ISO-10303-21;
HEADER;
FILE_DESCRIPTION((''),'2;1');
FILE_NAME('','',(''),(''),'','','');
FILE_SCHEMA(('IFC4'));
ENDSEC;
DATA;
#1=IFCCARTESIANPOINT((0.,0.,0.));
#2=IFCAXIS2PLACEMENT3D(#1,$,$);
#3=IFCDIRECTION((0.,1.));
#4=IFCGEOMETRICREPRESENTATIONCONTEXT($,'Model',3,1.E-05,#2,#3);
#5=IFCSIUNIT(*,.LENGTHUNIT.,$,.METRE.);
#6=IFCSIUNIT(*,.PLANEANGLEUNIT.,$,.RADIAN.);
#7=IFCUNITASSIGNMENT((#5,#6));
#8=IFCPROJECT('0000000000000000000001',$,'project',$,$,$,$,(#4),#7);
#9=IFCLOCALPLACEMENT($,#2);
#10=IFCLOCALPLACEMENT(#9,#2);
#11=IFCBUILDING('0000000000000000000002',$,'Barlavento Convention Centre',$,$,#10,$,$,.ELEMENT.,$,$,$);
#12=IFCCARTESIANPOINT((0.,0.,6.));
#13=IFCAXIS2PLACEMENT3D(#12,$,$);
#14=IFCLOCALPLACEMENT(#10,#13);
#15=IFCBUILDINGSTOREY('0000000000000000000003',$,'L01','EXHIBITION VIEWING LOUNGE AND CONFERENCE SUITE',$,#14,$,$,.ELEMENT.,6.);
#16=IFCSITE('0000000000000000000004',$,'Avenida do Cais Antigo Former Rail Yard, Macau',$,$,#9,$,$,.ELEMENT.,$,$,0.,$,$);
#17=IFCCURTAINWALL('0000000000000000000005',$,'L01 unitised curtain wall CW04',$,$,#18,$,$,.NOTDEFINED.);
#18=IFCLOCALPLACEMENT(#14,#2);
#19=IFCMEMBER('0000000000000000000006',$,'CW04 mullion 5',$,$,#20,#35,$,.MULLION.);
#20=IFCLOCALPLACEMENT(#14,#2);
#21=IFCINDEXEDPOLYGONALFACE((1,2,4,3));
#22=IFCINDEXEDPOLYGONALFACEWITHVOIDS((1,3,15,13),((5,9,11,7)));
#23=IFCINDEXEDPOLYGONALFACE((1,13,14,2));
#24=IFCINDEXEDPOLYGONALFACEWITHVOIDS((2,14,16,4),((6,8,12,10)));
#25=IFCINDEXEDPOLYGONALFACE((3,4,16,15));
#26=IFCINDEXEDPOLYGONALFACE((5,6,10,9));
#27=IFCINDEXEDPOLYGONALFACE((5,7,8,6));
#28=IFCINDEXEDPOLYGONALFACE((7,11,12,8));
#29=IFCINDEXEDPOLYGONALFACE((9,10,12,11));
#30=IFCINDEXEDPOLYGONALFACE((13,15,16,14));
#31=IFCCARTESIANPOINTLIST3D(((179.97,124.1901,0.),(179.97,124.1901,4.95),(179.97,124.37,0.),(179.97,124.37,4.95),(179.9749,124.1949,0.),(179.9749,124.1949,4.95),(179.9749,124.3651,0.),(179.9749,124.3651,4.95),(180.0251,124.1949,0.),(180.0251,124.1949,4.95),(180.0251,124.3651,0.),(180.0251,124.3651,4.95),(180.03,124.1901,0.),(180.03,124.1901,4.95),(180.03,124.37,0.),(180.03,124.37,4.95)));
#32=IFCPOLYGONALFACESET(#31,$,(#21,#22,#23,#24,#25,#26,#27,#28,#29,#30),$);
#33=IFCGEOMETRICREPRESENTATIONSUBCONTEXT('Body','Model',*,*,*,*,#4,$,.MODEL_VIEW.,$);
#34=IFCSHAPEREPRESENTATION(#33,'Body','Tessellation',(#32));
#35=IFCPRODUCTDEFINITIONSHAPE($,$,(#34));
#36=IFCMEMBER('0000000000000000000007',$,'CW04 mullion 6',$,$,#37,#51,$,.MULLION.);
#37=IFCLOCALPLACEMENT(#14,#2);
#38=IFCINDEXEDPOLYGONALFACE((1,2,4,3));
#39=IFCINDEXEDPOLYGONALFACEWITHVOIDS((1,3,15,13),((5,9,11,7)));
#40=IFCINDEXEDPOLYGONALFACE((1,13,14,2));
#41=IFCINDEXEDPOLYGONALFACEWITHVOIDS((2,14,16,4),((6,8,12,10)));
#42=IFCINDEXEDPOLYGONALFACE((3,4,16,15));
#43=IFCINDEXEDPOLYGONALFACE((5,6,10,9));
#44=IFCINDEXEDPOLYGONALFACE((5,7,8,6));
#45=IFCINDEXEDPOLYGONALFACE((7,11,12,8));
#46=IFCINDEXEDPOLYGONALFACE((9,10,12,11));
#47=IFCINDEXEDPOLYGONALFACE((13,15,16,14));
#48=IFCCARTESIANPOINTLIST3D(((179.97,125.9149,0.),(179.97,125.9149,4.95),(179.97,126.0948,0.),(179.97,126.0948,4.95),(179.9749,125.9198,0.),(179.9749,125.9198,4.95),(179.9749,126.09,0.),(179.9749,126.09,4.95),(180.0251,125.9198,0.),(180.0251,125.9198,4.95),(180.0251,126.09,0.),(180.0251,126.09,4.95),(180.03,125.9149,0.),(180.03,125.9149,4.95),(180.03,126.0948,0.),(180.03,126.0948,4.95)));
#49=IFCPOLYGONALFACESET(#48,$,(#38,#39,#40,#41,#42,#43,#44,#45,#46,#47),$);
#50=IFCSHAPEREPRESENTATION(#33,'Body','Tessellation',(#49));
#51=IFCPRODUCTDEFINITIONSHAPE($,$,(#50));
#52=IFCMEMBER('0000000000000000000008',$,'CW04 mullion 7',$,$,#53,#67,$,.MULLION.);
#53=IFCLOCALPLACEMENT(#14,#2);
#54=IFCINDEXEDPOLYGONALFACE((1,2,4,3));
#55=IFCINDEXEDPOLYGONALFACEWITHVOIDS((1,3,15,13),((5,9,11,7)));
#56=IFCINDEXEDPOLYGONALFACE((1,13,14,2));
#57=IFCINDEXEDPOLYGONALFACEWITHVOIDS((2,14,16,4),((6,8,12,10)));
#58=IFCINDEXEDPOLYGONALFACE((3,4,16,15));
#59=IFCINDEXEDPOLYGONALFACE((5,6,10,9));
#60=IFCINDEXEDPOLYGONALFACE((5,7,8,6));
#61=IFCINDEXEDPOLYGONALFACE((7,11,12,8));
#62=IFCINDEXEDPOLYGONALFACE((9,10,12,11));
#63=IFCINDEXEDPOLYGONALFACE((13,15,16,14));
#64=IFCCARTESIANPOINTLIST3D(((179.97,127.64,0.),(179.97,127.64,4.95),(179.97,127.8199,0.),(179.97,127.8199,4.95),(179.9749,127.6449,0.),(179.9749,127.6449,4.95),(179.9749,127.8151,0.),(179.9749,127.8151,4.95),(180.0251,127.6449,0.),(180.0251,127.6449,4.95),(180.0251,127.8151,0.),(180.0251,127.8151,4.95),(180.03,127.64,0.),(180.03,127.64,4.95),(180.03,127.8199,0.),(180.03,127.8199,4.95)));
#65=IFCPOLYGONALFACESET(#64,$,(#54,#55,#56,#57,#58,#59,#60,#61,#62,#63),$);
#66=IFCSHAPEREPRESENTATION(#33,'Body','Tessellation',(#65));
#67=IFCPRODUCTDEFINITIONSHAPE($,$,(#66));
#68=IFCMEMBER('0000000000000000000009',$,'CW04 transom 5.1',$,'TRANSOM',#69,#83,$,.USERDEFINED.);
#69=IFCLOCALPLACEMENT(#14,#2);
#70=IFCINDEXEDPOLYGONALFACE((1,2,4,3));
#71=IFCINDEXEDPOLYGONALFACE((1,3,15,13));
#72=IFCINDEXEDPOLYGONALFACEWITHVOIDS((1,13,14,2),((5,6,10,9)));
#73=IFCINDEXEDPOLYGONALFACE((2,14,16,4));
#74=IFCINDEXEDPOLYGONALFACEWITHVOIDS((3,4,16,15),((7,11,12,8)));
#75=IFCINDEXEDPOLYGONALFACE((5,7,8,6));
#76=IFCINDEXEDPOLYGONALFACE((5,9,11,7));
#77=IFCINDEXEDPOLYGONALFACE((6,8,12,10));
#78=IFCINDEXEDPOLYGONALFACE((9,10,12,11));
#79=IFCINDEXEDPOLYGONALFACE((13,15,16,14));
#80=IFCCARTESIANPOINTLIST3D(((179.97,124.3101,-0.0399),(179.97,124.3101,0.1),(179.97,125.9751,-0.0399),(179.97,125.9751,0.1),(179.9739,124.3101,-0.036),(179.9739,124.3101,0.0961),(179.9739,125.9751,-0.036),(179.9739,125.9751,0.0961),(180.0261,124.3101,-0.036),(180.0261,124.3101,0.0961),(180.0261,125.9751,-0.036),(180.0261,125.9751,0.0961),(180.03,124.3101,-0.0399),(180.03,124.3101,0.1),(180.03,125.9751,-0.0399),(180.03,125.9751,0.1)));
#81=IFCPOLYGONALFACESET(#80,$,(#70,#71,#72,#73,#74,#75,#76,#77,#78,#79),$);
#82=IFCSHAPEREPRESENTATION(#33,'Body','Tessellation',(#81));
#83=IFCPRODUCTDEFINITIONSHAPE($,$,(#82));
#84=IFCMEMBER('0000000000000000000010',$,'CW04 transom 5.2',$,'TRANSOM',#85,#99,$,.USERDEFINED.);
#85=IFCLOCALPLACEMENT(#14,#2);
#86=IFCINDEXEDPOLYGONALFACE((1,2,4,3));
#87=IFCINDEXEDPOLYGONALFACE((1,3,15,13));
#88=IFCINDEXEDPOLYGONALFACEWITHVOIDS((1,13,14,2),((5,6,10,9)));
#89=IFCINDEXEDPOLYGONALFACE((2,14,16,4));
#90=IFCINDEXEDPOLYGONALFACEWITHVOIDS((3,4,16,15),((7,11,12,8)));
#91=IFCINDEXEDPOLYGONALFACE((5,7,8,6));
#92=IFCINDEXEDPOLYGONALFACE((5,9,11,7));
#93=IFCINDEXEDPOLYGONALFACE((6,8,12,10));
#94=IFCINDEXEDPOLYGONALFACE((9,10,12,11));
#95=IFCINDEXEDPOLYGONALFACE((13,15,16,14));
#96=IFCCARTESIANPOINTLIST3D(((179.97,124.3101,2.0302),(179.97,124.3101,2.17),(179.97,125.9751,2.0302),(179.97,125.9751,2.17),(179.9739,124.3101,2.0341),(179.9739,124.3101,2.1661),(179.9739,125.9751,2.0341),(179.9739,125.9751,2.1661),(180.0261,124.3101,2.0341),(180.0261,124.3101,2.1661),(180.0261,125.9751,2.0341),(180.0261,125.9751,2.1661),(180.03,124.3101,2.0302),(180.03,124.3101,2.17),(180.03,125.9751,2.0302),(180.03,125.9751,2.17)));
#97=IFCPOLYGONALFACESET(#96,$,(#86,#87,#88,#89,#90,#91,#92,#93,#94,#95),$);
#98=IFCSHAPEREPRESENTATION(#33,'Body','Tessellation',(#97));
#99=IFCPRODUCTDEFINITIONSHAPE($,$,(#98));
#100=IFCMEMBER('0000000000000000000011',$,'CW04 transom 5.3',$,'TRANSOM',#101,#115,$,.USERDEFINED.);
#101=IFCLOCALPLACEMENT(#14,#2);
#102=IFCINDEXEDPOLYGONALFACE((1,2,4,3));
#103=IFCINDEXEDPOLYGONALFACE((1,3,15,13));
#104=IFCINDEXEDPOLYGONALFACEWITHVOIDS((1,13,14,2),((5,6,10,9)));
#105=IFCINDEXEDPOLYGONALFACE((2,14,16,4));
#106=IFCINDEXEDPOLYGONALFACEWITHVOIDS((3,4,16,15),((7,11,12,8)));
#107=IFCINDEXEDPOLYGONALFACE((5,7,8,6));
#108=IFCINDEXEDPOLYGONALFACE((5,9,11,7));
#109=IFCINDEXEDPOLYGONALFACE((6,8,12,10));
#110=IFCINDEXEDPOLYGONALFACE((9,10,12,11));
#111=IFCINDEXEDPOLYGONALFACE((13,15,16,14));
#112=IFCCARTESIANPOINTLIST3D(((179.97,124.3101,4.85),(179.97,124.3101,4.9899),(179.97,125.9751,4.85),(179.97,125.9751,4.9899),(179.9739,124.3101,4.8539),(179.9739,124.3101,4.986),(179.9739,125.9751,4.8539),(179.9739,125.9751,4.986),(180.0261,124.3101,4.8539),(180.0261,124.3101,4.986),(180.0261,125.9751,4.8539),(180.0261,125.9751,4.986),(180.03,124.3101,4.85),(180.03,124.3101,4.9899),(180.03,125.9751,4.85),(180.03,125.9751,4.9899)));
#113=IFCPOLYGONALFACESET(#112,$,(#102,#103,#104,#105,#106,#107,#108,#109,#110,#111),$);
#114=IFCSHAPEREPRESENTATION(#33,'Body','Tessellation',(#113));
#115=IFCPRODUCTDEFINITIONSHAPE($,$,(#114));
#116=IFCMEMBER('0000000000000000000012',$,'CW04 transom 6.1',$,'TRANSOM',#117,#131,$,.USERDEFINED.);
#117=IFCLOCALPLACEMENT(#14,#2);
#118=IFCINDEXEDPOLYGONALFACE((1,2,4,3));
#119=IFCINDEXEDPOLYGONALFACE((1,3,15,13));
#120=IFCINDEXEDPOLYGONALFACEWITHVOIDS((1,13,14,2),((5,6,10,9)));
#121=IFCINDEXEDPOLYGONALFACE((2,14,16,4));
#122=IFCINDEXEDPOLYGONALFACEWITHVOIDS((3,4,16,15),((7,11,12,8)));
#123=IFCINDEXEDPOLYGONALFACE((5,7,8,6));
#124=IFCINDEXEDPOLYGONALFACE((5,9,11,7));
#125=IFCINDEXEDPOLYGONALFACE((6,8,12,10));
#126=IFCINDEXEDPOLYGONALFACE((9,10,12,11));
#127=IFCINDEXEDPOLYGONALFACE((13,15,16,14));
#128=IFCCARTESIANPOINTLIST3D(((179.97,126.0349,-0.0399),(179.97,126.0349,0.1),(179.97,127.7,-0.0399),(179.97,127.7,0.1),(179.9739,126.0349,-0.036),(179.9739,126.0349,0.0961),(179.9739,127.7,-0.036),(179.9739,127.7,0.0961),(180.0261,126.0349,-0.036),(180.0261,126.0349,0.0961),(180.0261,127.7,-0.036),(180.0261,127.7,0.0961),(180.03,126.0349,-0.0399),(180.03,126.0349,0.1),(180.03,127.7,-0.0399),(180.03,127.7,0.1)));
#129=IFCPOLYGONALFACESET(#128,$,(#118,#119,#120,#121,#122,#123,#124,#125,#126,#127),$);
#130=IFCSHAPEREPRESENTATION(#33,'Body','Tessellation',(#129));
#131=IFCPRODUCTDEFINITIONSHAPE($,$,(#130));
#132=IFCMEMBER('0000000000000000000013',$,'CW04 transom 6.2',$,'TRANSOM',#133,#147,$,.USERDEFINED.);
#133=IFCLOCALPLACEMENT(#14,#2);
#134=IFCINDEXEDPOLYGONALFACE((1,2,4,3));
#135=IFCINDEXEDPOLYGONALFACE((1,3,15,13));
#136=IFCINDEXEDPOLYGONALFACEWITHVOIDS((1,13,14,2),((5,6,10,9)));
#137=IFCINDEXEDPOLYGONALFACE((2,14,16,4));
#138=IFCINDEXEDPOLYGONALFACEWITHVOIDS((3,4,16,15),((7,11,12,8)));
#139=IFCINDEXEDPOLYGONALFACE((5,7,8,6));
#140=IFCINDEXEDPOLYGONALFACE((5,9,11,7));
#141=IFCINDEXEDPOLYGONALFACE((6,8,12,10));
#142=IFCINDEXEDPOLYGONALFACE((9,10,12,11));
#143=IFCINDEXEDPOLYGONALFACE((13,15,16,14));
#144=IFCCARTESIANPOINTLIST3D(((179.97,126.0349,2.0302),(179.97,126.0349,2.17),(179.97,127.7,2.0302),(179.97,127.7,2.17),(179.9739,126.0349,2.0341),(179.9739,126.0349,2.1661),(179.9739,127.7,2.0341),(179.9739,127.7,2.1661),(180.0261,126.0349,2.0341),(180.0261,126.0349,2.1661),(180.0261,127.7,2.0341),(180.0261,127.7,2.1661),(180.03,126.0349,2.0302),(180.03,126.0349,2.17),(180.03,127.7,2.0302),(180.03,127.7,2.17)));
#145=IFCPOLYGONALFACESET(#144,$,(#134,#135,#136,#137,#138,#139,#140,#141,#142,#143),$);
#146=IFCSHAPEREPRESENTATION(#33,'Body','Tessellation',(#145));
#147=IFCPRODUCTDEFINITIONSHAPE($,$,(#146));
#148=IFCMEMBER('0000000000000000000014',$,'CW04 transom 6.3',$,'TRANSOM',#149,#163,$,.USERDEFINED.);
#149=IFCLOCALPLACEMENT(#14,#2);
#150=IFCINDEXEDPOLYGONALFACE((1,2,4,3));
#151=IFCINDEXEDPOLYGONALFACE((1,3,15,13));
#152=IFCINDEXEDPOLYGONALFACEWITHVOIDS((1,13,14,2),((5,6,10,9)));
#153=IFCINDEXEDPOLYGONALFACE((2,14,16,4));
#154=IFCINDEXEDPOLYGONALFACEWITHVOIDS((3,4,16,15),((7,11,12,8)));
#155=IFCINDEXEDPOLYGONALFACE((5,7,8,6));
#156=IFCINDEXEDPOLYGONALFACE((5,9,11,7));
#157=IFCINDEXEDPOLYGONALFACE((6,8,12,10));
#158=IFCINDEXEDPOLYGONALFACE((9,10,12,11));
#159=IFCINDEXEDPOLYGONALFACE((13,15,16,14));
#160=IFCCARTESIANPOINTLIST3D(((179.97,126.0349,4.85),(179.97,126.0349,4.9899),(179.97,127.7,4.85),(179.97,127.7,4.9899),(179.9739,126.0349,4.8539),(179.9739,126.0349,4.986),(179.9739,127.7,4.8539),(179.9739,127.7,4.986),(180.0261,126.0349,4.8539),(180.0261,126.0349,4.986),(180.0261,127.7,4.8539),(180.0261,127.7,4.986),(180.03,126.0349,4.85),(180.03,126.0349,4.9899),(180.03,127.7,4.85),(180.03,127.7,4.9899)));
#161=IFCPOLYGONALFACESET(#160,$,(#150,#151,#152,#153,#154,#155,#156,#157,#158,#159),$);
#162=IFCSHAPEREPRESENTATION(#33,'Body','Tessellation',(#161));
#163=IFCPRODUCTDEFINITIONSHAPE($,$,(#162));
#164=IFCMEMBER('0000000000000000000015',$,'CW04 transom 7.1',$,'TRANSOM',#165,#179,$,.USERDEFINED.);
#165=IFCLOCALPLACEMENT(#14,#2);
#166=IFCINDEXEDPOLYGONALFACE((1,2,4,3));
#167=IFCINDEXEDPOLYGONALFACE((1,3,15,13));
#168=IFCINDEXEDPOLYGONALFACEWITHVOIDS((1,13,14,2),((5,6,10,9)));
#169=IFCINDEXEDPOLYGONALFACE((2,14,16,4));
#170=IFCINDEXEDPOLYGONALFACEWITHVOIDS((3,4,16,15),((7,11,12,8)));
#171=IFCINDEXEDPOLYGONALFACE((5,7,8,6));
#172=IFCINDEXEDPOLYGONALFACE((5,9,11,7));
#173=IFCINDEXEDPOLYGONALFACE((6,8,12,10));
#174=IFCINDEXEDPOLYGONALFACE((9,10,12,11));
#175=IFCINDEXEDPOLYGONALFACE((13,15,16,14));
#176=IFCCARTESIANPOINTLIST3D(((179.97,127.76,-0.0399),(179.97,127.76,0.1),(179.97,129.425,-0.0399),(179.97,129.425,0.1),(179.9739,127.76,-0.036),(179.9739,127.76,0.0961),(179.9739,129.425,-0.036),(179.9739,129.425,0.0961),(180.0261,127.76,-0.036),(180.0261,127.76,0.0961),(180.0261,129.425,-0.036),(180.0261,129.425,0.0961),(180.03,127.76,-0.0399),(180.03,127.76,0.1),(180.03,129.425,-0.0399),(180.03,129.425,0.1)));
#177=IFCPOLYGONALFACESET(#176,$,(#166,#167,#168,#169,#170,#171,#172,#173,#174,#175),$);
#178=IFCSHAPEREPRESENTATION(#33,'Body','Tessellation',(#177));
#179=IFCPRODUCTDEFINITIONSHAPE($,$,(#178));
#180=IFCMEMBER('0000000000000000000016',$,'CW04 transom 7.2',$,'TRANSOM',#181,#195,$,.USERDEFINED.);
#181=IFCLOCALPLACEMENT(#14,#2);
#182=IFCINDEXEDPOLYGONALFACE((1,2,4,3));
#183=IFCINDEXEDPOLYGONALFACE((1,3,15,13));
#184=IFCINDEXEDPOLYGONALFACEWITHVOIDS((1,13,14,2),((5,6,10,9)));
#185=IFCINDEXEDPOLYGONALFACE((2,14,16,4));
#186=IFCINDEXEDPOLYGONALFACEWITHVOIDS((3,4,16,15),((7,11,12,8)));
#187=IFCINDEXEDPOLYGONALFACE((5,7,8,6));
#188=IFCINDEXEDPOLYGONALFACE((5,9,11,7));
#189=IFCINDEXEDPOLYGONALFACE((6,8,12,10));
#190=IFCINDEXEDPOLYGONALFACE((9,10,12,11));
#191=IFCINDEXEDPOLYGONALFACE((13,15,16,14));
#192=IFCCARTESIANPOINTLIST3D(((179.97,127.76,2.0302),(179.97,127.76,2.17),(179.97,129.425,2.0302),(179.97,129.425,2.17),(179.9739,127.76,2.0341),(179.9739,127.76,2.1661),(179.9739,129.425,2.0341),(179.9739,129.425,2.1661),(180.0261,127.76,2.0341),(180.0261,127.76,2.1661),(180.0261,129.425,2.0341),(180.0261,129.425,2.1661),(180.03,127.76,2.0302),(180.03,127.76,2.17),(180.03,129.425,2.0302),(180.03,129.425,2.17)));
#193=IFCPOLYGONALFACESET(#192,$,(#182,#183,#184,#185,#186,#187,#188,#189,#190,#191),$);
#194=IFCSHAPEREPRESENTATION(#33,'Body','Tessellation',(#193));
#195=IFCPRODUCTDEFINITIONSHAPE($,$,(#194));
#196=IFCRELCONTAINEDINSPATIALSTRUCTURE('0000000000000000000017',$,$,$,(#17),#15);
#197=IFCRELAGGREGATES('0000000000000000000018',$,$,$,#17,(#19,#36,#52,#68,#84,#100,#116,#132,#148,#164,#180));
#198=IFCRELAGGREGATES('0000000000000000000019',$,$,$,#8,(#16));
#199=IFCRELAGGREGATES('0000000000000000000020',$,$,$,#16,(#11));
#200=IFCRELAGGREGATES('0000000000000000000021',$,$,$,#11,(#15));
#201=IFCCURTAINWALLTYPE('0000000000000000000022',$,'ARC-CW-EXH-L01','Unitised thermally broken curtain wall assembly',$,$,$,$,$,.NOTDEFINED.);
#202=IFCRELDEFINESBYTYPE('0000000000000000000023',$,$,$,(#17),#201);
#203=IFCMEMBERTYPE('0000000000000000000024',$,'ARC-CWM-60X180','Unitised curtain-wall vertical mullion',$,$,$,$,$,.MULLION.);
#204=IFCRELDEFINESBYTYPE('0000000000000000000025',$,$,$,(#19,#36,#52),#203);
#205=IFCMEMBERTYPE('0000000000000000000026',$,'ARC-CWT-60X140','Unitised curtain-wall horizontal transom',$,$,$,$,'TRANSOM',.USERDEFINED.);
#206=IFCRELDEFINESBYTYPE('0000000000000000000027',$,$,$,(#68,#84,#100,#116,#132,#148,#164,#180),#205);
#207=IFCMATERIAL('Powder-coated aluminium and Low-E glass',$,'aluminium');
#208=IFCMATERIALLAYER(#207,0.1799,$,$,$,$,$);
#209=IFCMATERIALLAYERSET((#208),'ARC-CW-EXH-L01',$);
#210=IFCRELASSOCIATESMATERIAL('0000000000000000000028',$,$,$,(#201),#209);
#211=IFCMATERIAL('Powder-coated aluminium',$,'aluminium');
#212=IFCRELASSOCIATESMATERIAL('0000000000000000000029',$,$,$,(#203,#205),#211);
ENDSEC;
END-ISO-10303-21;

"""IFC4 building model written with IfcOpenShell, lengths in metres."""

from ifc_helpers import new_model, si_unit, direction, frame, origin, origin_2d, place, context, subcontext, project, spatial, hollow_rectangle, extrude, material, layer, layer_set, material_profile, profile_set, type_object, element, aggregate, save


model = new_model("IFC4")

# Units and contexts
model_context = context("Model", 3, precision=1e-05, world=origin(), true_north=direction((0.0, 1.0)))
body_context = subcontext(model_context, "Body", "Model", "MODEL_VIEW")
ifc_project = project(units=[si_unit("LENGTHUNIT", "METRE"), si_unit("PLANEANGLEUNIT", "RADIAN")], contexts=[model_context])

# Site, building, storey
site_placement = place(None, origin())
site = spatial("IfcSite", under=ifc_project, at=site_placement, Name="Avenida do Cais Antigo Former Rail Yard, Macau", CompositionType="ELEMENT", RefElevation=0.0)
building_placement = place(site_placement, origin())
building = spatial("IfcBuilding", under=site, at=building_placement, Name="Barlavento Convention Centre", CompositionType="ELEMENT")
storey_placement = place(building_placement, frame((0.0, 0.0, 6.0)))
storey = spatial("IfcBuildingStorey", under=building, at=storey_placement, Name="L01", Description="EXHIBITION VIEWING LOUNGE AND CONFERENCE SUITE", CompositionType="ELEMENT", Elevation=6.0)

# Curtain wall, members
ifc_material_1 = material(Name="Powder-coated aluminium and Low-E glass", Category="aluminium")
ifc_layer_1 = layer(ifc_material_1, 0.1799)
ifc_layer_set_1 = layer_set([ifc_layer_1], Name="ARC-CW-EXH-L01")
curtain_wall_type = type_object("IfcCurtainWallType", Name="ARC-CW-EXH-L01", Description="Unitised thermally broken curtain wall assembly", PredefinedType="NOTDEFINED", material=ifc_layer_set_1)
curtain_wall_placement = place(storey_placement, origin())
curtain_wall = element("IfcCurtainWall", 1, at=curtain_wall_placement, inside=storey, type_object=curtain_wall_type, Name="L01 unitised curtain wall CW04", PredefinedType="NOTDEFINED")
ifc_material_2 = material(Name="Powder-coated aluminium", Category="aluminium")
ifc_material_profile_1 = material_profile(ifc_material_2, hollow_rectangle(XDim=0.0601, YDim=0.1799, WallThickness=0.0049, at=origin_2d()), Name="AL-MULL 60x180x5")
ifc_profile_set_1 = profile_set([ifc_material_profile_1], Name="Powder-coated aluminium")
member_type_1 = type_object("IfcMemberType", Name="ARC-CWM-60X180", Description="Unitised curtain-wall vertical mullion", PredefinedType="MULLION", material=ifc_profile_set_1)
member_1_placement = place(storey_placement, frame((180.0, 124.28, 0.0), z_axis=(0.0, 0.0, 1.0), x_axis=(-1.0, 0.0, 0.0)))
member_1 = element("IfcMember", 2, at=member_1_placement, type_object=member_type_1, Name="CW04 mullion 5", PredefinedType="MULLION", context=body_context, shape_type="SweptSolid", body=[
    extrude(hollow_rectangle(XDim=0.0601, YDim=0.1799, WallThickness=0.0049, at=origin_2d()), origin(), (0.0, 0.0, 1.0), 4.95),
])
member_2_placement = place(storey_placement, frame((180.0, 126.0049, 0.0), z_axis=(0.0, 0.0, 1.0), x_axis=(-1.0, 0.0, 0.0)))
member_2 = element("IfcMember", 3, at=member_2_placement, type_object=member_type_1, Name="CW04 mullion 6", PredefinedType="MULLION", context=body_context, shape_type="SweptSolid", body=[
    extrude(hollow_rectangle(XDim=0.0601, YDim=0.1799, WallThickness=0.0049, at=origin_2d()), origin(), (0.0, 0.0, 1.0), 4.95),
])
member_3_placement = place(storey_placement, frame((180.0, 127.73, 0.0), z_axis=(0.0, 0.0, 1.0), x_axis=(-1.0, 0.0, 0.0)))
member_3 = element("IfcMember", 4, at=member_3_placement, type_object=member_type_1, Name="CW04 mullion 7", PredefinedType="MULLION", context=body_context, shape_type="SweptSolid", body=[
    extrude(hollow_rectangle(XDim=0.0601, YDim=0.1799, WallThickness=0.0049, at=origin_2d()), origin(), (0.0, 0.0, 1.0), 4.95),
])
ifc_material_profile_2 = material_profile(ifc_material_2, hollow_rectangle(XDim=0.0601, YDim=0.1399, WallThickness=0.0039, at=origin_2d()), Name="AL-TRAN 60x140x4")
ifc_profile_set_2 = profile_set([ifc_material_profile_2], Name="Powder-coated aluminium")
member_type_2 = type_object("IfcMemberType", Name="ARC-CWT-60X140", Description="Unitised curtain-wall horizontal transom", ElementType="TRANSOM", PredefinedType="USERDEFINED", material=ifc_profile_set_2)
member_4_placement = place(storey_placement, frame((180.0, 124.3101, 0.03), z_axis=(0.0, 1.0, 0.0), x_axis=(-1.0, 0.0, 0.0)))
member_4 = element("IfcMember", 5, at=member_4_placement, type_object=member_type_2, Name="CW04 transom 5.1", ObjectType="TRANSOM", PredefinedType="USERDEFINED", context=body_context, shape_type="SweptSolid", body=[
    extrude(hollow_rectangle(XDim=0.0601, YDim=0.1399, WallThickness=0.0039, at=origin_2d()), origin(), (0.0, 0.0, 1.0), 1.665),
])
member_5_placement = place(storey_placement, frame((180.0, 124.3101, 2.1001), z_axis=(0.0, 1.0, 0.0), x_axis=(-1.0, 0.0, 0.0)))
member_5 = element("IfcMember", 6, at=member_5_placement, type_object=member_type_2, Name="CW04 transom 5.2", ObjectType="TRANSOM", PredefinedType="USERDEFINED", context=body_context, shape_type="SweptSolid", body=[
    extrude(hollow_rectangle(XDim=0.0601, YDim=0.1399, WallThickness=0.0039, at=origin_2d()), origin(), (0.0, 0.0, 1.0), 1.665),
])
member_6_placement = place(storey_placement, frame((180.0, 124.3101, 4.9199), z_axis=(0.0, 1.0, 0.0), x_axis=(-1.0, 0.0, 0.0)))
member_6 = element("IfcMember", 7, at=member_6_placement, type_object=member_type_2, Name="CW04 transom 5.3", ObjectType="TRANSOM", PredefinedType="USERDEFINED", context=body_context, shape_type="SweptSolid", body=[
    extrude(hollow_rectangle(XDim=0.0601, YDim=0.1399, WallThickness=0.0039, at=origin_2d()), origin(), (0.0, 0.0, 1.0), 1.665),
])
member_7_placement = place(storey_placement, frame((180.0, 126.0349, 0.03), z_axis=(0.0, 1.0, 0.0), x_axis=(-1.0, 0.0, 0.0)))
member_7 = element("IfcMember", 8, at=member_7_placement, type_object=member_type_2, Name="CW04 transom 6.1", ObjectType="TRANSOM", PredefinedType="USERDEFINED", context=body_context, shape_type="SweptSolid", body=[
    extrude(hollow_rectangle(XDim=0.0601, YDim=0.1399, WallThickness=0.0039, at=origin_2d()), origin(), (0.0, 0.0, 1.0), 1.665),
])
member_8_placement = place(storey_placement, frame((180.0, 126.0349, 2.1001), z_axis=(0.0, 1.0, 0.0), x_axis=(-1.0, 0.0, 0.0)))
member_8 = element("IfcMember", 9, at=member_8_placement, type_object=member_type_2, Name="CW04 transom 6.2", ObjectType="TRANSOM", PredefinedType="USERDEFINED", context=body_context, shape_type="SweptSolid", body=[
    extrude(hollow_rectangle(XDim=0.0601, YDim=0.1399, WallThickness=0.0039, at=origin_2d()), origin(), (0.0, 0.0, 1.0), 1.665),
])
member_9_placement = place(storey_placement, frame((180.0, 126.0349, 4.9199), z_axis=(0.0, 1.0, 0.0), x_axis=(-1.0, 0.0, 0.0)))
member_9 = element("IfcMember", 10, at=member_9_placement, type_object=member_type_2, Name="CW04 transom 6.3", ObjectType="TRANSOM", PredefinedType="USERDEFINED", context=body_context, shape_type="SweptSolid", body=[
    extrude(hollow_rectangle(XDim=0.0601, YDim=0.1399, WallThickness=0.0039, at=origin_2d()), origin(), (0.0, 0.0, 1.0), 1.665),
])
member_10_placement = place(storey_placement, frame((180.0, 127.76, 0.03), z_axis=(0.0, 1.0, 0.0), x_axis=(-1.0, 0.0, 0.0)))
member_10 = element("IfcMember", 11, at=member_10_placement, type_object=member_type_2, Name="CW04 transom 7.1", ObjectType="TRANSOM", PredefinedType="USERDEFINED", context=body_context, shape_type="SweptSolid", body=[
    extrude(hollow_rectangle(XDim=0.0601, YDim=0.1399, WallThickness=0.0039, at=origin_2d()), origin(), (0.0, 0.0, 1.0), 1.665),
])
member_11_placement = place(storey_placement, frame((180.0, 127.76, 2.1001), z_axis=(0.0, 1.0, 0.0), x_axis=(-1.0, 0.0, 0.0)))
member_11 = element("IfcMember", 12, at=member_11_placement, type_object=member_type_2, Name="CW04 transom 7.2", ObjectType="TRANSOM", PredefinedType="USERDEFINED", context=body_context, shape_type="SweptSolid", body=[
    extrude(hollow_rectangle(XDim=0.0601, YDim=0.1399, WallThickness=0.0039, at=origin_2d()), origin(), (0.0, 0.0, 1.0), 1.665),
])
aggregate(curtain_wall, [member_1, member_2, member_3, member_4, member_5, member_6, member_7, member_8, member_9, member_10, member_11])

save(model, "model.ifc")
